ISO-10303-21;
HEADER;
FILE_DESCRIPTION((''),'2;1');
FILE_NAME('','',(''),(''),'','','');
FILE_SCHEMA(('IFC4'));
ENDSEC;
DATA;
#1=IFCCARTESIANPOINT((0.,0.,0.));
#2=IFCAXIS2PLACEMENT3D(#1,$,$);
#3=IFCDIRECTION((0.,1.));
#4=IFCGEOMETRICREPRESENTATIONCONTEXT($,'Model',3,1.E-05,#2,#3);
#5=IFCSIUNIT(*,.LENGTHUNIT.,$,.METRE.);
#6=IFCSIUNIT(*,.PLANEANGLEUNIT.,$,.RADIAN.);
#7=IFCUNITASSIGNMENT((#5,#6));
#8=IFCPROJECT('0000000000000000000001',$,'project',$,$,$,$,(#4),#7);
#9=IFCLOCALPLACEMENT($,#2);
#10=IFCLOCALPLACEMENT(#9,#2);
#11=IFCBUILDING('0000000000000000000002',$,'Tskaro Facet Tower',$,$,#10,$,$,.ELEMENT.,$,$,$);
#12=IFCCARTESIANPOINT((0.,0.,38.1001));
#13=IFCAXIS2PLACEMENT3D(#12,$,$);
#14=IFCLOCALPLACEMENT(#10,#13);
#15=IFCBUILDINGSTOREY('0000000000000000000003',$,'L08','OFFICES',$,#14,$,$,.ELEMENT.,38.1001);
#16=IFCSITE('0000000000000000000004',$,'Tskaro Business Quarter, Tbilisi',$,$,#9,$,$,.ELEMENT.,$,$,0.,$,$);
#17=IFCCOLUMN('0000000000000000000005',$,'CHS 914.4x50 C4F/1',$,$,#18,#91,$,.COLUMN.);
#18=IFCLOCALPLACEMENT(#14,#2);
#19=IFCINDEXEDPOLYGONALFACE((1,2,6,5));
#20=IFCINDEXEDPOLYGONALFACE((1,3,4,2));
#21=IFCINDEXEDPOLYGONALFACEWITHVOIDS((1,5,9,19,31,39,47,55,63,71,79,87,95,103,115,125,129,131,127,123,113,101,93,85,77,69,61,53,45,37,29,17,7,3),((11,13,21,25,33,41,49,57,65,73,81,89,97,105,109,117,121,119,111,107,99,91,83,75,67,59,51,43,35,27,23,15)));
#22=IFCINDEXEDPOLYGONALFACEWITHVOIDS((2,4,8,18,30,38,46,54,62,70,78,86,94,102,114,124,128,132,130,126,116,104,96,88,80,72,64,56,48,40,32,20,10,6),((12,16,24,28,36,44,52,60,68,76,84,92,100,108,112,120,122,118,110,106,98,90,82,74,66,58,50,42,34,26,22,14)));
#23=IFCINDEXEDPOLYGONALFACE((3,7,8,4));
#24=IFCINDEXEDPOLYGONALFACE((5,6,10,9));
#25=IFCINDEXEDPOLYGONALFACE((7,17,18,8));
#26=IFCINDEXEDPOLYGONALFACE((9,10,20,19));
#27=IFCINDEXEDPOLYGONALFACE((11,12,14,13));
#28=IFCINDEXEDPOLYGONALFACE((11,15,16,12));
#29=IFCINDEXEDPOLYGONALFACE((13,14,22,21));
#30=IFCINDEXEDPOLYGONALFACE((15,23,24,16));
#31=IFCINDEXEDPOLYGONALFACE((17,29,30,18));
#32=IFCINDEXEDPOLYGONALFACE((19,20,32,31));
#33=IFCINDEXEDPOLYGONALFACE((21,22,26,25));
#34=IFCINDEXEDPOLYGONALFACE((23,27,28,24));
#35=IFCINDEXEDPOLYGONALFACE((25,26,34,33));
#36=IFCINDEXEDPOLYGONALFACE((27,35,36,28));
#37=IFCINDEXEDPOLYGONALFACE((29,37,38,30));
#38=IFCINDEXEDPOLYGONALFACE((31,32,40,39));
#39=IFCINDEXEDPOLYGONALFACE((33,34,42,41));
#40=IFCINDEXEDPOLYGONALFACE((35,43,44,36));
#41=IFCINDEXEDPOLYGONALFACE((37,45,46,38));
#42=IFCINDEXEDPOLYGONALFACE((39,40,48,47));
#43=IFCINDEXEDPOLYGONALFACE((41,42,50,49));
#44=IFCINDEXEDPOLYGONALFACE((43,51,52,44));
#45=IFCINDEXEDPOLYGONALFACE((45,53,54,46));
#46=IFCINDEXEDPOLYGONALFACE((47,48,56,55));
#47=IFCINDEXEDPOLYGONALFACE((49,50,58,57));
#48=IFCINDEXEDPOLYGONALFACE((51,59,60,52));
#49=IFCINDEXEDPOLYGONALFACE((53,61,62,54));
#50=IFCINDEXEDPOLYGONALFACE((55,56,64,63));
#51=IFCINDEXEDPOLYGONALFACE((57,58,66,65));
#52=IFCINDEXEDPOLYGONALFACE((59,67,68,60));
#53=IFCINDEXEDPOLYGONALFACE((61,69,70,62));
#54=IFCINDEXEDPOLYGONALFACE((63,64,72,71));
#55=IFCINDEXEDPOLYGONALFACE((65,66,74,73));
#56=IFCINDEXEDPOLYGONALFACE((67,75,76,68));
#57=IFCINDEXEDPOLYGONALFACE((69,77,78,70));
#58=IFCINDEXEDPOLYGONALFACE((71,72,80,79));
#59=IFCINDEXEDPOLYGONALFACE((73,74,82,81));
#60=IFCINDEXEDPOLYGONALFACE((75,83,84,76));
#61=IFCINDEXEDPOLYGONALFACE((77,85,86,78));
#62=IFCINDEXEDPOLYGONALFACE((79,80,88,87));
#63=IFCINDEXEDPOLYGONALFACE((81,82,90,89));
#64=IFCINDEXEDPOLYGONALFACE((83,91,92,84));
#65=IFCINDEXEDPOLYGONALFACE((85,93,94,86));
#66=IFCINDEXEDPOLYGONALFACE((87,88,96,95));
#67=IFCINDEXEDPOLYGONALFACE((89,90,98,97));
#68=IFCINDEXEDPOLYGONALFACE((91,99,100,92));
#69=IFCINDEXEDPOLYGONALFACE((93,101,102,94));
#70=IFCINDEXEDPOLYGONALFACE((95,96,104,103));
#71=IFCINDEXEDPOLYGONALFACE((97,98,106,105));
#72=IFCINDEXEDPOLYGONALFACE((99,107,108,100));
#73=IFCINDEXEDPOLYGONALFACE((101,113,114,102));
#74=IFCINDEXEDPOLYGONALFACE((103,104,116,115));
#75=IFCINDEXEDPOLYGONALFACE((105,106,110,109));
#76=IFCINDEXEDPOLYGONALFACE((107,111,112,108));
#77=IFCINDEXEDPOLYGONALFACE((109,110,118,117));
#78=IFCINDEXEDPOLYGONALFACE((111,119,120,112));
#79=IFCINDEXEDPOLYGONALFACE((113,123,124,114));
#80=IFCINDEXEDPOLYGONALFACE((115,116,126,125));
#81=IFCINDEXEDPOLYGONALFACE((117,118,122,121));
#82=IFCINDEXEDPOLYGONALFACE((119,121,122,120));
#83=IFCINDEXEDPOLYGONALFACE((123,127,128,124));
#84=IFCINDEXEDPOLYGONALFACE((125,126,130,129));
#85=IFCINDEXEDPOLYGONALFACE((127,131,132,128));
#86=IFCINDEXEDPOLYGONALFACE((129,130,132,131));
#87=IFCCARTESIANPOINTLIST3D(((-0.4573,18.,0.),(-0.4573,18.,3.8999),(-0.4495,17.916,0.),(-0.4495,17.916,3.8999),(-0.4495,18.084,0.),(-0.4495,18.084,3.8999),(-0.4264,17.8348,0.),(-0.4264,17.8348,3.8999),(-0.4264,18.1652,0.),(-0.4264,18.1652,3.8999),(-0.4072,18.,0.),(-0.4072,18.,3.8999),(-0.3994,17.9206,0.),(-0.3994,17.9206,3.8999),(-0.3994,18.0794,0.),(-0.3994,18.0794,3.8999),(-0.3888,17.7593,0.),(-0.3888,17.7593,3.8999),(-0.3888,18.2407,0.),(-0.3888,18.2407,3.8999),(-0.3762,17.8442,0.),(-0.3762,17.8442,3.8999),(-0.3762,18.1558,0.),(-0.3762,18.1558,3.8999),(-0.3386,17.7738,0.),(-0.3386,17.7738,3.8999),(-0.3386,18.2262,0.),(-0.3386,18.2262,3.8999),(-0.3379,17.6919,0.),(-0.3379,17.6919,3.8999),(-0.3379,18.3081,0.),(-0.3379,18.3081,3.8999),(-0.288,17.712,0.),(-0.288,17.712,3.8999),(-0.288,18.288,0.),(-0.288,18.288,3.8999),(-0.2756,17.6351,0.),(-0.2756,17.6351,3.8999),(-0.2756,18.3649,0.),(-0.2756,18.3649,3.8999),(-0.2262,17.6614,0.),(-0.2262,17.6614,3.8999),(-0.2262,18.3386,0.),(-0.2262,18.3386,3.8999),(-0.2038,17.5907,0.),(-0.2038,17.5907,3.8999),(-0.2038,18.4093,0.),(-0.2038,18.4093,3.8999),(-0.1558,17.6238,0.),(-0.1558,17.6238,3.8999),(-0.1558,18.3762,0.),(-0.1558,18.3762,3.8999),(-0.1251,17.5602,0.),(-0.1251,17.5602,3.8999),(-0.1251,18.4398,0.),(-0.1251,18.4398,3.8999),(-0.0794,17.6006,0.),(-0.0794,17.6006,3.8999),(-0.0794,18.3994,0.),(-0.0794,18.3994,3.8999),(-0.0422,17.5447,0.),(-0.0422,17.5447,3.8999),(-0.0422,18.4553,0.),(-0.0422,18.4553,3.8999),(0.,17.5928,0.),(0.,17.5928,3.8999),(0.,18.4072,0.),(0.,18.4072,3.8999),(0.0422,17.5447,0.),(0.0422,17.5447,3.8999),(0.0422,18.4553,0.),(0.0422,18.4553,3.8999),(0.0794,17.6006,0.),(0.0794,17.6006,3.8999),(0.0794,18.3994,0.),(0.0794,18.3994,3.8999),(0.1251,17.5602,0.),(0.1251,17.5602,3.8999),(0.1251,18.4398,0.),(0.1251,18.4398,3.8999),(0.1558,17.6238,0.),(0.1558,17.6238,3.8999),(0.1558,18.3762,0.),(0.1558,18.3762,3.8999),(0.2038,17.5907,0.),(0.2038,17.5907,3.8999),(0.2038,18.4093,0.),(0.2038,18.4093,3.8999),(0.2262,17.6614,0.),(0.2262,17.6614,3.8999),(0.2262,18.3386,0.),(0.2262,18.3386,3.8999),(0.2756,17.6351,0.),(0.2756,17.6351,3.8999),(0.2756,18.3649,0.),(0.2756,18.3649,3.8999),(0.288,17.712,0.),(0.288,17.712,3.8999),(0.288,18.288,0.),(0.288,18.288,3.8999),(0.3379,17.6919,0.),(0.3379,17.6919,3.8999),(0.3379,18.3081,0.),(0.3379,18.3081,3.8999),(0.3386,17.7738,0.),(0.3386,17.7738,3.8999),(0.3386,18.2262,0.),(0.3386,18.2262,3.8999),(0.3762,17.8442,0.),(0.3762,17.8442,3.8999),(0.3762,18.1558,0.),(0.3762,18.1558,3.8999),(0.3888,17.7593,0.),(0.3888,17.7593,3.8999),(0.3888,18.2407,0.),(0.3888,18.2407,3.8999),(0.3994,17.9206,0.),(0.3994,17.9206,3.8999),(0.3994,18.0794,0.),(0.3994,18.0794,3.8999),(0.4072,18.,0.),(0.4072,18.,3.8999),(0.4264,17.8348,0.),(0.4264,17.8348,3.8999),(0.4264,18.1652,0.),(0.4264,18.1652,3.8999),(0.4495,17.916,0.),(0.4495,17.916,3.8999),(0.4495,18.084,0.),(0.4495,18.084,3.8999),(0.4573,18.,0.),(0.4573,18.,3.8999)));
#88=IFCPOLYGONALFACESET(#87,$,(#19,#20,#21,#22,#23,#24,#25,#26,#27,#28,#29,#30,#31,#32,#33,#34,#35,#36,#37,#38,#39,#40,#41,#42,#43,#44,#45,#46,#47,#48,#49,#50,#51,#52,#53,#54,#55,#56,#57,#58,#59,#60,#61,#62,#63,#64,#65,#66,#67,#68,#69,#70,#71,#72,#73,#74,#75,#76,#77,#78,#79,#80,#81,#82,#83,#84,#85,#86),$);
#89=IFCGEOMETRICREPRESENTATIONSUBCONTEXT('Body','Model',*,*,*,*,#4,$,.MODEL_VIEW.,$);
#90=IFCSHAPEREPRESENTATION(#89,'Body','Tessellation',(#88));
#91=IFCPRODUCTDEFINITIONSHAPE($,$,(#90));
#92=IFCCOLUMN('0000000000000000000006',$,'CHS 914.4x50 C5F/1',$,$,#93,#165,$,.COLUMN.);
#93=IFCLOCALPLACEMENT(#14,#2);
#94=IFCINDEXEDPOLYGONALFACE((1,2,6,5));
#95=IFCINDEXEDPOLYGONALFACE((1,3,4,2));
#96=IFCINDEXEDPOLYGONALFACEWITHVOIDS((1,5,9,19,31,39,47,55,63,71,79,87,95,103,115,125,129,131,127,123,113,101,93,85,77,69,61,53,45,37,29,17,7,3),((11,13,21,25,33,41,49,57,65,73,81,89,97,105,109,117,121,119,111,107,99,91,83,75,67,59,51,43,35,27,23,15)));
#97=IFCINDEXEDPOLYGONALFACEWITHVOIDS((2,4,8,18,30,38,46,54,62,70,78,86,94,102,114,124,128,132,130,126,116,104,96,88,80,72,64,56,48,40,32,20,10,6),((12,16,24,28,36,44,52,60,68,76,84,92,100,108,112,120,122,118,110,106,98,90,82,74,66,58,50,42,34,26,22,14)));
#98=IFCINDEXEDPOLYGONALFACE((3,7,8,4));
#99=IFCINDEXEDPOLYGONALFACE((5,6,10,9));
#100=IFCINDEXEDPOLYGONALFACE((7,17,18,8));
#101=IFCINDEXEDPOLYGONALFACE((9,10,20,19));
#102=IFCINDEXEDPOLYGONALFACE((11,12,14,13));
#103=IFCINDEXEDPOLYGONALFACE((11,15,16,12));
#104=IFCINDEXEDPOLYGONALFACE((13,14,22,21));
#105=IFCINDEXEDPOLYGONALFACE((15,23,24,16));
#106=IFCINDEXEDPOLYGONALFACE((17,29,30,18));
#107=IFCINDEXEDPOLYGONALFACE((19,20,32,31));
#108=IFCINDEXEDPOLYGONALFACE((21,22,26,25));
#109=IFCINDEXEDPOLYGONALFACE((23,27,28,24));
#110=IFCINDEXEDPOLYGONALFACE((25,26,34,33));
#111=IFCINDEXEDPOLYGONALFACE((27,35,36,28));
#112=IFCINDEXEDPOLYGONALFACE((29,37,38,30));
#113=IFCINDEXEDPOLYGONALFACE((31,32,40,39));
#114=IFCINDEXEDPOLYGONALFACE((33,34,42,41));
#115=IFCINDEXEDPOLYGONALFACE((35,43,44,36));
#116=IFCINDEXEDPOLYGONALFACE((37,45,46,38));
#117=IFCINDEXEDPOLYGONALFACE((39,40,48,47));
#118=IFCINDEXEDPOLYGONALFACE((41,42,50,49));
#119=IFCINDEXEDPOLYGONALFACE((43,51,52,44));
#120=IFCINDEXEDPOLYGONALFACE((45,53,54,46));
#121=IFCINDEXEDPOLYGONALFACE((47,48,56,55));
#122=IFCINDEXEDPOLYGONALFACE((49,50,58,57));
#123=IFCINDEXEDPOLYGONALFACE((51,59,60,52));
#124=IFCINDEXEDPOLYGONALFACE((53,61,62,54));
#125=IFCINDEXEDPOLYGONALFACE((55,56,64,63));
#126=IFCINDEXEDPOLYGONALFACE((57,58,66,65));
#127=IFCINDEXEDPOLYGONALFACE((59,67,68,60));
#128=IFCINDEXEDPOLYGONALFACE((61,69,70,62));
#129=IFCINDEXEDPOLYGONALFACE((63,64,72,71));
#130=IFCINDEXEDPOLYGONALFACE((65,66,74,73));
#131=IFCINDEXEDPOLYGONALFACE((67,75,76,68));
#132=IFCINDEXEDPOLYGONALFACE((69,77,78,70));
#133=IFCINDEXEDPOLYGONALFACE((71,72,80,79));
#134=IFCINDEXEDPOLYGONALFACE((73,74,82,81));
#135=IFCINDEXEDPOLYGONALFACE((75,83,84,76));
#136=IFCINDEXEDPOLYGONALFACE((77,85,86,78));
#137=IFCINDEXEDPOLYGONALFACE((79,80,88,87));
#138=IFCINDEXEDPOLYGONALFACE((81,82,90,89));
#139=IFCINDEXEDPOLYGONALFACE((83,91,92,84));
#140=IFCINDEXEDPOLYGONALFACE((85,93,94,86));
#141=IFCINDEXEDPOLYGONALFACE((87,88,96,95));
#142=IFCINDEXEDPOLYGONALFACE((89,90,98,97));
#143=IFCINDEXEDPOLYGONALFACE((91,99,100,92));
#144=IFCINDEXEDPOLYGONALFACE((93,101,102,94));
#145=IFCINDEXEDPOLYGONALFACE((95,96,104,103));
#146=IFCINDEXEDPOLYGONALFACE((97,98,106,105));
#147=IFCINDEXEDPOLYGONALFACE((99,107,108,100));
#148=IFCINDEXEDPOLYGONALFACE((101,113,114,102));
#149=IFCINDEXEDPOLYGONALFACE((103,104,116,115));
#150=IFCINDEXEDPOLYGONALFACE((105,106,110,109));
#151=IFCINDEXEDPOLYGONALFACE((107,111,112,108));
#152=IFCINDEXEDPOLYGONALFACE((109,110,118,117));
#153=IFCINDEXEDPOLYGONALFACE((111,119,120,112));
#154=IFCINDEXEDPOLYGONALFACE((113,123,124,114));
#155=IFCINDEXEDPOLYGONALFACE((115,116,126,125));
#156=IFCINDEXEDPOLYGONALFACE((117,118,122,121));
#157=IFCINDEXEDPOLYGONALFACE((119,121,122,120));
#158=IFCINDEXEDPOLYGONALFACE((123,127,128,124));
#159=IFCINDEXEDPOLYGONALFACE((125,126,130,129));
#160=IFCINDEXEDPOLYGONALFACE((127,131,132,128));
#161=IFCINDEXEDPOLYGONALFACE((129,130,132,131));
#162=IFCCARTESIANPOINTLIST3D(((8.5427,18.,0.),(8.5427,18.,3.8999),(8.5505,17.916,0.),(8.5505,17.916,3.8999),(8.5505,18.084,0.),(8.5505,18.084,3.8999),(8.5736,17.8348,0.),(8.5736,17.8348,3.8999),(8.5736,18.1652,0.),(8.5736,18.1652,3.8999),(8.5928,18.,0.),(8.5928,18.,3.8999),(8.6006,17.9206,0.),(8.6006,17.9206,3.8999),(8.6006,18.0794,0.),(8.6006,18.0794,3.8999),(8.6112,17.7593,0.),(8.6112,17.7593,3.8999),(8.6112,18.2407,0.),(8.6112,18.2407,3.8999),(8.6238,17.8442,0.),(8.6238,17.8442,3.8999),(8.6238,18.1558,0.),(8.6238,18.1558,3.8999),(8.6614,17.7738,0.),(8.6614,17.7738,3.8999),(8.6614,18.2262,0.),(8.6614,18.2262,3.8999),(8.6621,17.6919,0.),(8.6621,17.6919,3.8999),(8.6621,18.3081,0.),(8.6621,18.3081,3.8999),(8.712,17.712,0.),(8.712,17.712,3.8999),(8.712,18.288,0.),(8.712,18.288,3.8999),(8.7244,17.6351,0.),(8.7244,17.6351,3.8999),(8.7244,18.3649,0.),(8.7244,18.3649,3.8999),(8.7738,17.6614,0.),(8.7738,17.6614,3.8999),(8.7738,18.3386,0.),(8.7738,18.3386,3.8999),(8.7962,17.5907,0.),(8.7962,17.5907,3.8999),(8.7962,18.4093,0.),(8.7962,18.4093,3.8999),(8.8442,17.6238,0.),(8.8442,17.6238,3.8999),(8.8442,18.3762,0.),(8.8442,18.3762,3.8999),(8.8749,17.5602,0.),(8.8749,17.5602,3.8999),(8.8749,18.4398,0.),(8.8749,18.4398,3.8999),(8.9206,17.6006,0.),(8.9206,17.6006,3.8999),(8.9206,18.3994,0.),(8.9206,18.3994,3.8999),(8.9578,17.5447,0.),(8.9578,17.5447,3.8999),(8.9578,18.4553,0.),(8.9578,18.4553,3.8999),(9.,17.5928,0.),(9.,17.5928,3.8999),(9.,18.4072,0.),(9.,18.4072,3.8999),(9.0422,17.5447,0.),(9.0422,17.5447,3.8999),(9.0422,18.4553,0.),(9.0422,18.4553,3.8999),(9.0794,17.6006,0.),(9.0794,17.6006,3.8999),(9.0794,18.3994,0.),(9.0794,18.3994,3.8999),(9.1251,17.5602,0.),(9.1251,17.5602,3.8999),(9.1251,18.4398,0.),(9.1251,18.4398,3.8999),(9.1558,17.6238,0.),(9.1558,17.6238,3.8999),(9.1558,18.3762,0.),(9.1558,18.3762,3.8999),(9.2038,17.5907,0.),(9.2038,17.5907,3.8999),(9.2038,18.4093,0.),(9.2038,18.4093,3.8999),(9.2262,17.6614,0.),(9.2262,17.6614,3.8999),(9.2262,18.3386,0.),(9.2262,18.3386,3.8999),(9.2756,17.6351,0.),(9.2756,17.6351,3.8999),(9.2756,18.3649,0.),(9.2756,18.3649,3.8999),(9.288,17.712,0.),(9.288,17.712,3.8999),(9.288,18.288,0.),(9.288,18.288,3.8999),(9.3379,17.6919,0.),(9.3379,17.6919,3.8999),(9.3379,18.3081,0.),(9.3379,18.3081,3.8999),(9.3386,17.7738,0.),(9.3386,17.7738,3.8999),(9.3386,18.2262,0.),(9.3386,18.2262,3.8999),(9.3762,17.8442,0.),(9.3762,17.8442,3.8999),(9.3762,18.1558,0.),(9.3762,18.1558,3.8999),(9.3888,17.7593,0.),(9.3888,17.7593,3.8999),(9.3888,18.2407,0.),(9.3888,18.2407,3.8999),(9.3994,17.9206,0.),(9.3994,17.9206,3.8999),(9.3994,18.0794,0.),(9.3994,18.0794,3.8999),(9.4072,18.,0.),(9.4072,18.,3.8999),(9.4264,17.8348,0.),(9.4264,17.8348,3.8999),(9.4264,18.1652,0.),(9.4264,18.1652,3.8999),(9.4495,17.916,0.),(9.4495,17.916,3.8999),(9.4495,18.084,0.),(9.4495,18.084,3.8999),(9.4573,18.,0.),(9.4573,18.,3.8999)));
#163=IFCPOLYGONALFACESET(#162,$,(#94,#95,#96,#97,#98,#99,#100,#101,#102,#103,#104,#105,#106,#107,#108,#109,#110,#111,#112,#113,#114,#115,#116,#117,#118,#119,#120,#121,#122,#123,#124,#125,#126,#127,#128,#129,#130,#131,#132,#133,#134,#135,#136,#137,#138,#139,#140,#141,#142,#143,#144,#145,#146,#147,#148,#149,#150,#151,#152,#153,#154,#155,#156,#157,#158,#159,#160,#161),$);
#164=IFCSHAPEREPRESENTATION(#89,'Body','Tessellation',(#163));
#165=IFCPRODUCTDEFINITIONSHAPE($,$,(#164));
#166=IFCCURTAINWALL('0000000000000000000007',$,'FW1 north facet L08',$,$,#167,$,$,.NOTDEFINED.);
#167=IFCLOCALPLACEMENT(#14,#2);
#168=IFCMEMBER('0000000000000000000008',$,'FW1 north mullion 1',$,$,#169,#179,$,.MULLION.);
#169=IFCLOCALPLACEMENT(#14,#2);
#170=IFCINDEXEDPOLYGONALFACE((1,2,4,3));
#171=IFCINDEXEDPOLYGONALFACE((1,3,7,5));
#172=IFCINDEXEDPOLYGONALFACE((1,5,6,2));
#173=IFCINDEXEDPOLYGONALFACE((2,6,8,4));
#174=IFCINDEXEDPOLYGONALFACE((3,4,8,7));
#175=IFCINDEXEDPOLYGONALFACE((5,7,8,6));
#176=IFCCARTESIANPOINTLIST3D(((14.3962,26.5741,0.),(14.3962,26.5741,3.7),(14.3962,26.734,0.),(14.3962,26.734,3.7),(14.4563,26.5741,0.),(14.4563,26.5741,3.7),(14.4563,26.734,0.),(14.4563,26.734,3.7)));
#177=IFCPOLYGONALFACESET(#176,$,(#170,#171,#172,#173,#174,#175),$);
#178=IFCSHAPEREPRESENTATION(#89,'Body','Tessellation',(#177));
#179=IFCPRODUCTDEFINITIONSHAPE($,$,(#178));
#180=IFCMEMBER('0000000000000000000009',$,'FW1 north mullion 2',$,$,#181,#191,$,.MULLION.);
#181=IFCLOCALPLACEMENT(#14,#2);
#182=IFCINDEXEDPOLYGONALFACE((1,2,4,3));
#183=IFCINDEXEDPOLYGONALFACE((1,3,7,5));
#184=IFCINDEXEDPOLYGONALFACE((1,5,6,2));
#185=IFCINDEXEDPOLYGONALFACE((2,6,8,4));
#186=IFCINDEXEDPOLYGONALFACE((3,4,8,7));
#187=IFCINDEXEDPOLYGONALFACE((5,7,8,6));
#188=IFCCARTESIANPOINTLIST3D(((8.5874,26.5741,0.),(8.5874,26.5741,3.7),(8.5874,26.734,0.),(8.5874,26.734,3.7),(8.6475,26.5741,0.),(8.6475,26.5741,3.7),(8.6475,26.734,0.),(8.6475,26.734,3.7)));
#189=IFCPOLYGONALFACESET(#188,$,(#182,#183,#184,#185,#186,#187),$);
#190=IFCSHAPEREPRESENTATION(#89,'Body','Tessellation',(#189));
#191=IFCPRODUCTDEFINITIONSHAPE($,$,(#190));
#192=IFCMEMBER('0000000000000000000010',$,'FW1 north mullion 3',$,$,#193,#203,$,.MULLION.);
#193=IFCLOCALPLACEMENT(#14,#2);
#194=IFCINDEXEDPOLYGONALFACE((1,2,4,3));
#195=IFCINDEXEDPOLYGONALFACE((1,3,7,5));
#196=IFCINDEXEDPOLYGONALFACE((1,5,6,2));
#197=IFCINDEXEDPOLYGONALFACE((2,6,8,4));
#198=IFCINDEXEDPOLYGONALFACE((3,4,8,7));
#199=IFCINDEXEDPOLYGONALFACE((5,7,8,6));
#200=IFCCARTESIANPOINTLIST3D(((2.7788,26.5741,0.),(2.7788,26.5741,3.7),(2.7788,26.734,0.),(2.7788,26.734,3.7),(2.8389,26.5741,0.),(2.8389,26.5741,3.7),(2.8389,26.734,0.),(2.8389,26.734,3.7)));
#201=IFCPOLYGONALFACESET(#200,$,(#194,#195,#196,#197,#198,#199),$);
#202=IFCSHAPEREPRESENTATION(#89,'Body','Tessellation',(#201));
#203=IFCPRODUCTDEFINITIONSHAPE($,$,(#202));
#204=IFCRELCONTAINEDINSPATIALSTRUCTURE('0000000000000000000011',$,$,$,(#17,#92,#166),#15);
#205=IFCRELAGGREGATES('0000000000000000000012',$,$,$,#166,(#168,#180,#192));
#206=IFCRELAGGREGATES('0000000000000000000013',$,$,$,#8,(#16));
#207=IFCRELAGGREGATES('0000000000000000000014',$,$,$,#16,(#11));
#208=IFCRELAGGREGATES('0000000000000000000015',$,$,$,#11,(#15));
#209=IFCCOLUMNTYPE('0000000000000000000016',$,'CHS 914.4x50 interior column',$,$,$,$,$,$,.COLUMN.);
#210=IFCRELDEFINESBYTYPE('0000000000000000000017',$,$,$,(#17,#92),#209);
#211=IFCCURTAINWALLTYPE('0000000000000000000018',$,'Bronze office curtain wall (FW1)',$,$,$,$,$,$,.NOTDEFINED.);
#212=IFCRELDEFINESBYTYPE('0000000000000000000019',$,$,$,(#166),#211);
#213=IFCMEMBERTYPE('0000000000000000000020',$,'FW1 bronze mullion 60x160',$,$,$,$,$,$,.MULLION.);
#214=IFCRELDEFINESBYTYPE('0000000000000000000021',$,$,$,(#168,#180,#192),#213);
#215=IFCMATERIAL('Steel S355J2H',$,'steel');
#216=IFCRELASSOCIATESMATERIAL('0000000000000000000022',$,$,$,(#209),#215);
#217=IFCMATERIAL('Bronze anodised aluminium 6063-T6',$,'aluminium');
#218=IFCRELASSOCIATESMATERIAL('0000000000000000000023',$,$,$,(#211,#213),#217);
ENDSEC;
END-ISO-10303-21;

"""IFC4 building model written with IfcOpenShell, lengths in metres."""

from ifc_helpers import new_model, si_unit, direction, frame, origin, origin_2d, place, context, subcontext, project, spatial, rectangle, hollow_circle, extrude, material, material_profile, profile_set, type_object, element, aggregate, save


model = new_model("IFC4")

# Units and contexts
model_context = context("Model", 3, precision=1e-05, world=origin(), true_north=direction((0.0, 1.0)))
body_context = subcontext(model_context, "Body", "Model", "MODEL_VIEW")
ifc_project = project(units=[si_unit("LENGTHUNIT", "METRE"), si_unit("PLANEANGLEUNIT", "RADIAN")], contexts=[model_context])

# Site, building, storey
site_placement = place(None, origin())
site = spatial("IfcSite", under=ifc_project, at=site_placement, Name="Tskaro Business Quarter, Tbilisi", CompositionType="ELEMENT", RefElevation=0.0)
building_placement = place(site_placement, origin())
building = spatial("IfcBuilding", under=site, at=building_placement, Name="Tskaro Facet Tower", CompositionType="ELEMENT")
storey_placement = place(building_placement, frame((0.0, 0.0, 38.1001)))
storey = spatial("IfcBuildingStorey", under=building, at=storey_placement, Name="L08", Description="OFFICES", CompositionType="ELEMENT", Elevation=38.1001)

# Columns
ifc_material_1 = material(Name="Steel S355J2H", Category="steel")
ifc_material_profile_1 = material_profile(ifc_material_1, hollow_circle(Radius=0.4573, WallThickness=0.05, at=origin_2d()), Name="CHS 914.4x50")
ifc_profile_set_1 = profile_set([ifc_material_profile_1], Name="Steel S355J2H")
column_type_1 = type_object("IfcColumnType", Name="CHS 914.4x50 interior column", PredefinedType="COLUMN", material=ifc_profile_set_1)
for number, where, z_axis, x_axis, name in (
    (1, (0.0, 18.0, 0.0), (0.0, 0.0, 1.0), (1.0, 0.0, 0.0), "CHS 914.4x50 C4F/1"),
    (2, (9.0, 18.0, 0.0), (0.0, 0.0, 1.0), (1.0, 0.0, 0.0), "CHS 914.4x50 C5F/1"),
):
    element("IfcColumn", number, at=place(storey_placement, frame(where, z_axis=z_axis, x_axis=x_axis)), inside=storey, type_object=column_type_1, Name=name, PredefinedType="COLUMN", context=body_context, shape_type="SweptSolid", body=[
        extrude(hollow_circle(Radius=0.4573, WallThickness=0.05, at=origin_2d()), origin(), (0.0, 0.0, 1.0), 3.8999),
    ])

# Curtain wall, members
ifc_material_2 = material(Name="Bronze anodised aluminium 6063-T6", Category="aluminium")
curtain_wall_type = type_object("IfcCurtainWallType", Name="Bronze office curtain wall (FW1)", PredefinedType="NOTDEFINED", material=ifc_material_2)
curtain_wall_placement = place(storey_placement, origin())
curtain_wall = element("IfcCurtainWall", 3, at=curtain_wall_placement, inside=storey, type_object=curtain_wall_type, Name="FW1 north facet L08", PredefinedType="NOTDEFINED")
ifc_material_profile_2 = material_profile(ifc_material_2, rectangle(XDim=0.0601, YDim=0.1599, at=origin_2d()), Name="Mullion 60x160")
ifc_profile_set_2 = profile_set([ifc_material_profile_2], Name="Bronze anodised aluminium 6063-T6")
member_type_1 = type_object("IfcMemberType", Name="FW1 bronze mullion 60x160", PredefinedType="MULLION", material=ifc_profile_set_2)
member_1_placement = place(storey_placement, frame((14.4263, 26.6541, 0.0), z_axis=(0.0, 0.0, 1.0), x_axis=(-1.0, 0.0, 0.0)))
member_1 = element("IfcMember", 4, at=member_1_placement, type_object=member_type_1, Name="FW1 north mullion 1", PredefinedType="MULLION", context=body_context, shape_type="SweptSolid", body=[
    extrude(rectangle(XDim=0.0601, YDim=0.1599, at=origin_2d()), origin(), (0.0, 0.0, 1.0), 3.7),
])
member_2_placement = place(storey_placement, frame((8.6174, 26.6541, 0.0), z_axis=(0.0, 0.0, 1.0), x_axis=(-1.0, 0.0, 0.0)))
member_2 = element("IfcMember", 5, at=member_2_placement, type_object=member_type_1, Name="FW1 north mullion 2", PredefinedType="MULLION", context=body_context, shape_type="SweptSolid", body=[
    extrude(rectangle(XDim=0.0601, YDim=0.1599, at=origin_2d()), origin(), (0.0, 0.0, 1.0), 3.7),
])
member_3_placement = place(storey_placement, frame((2.8088, 26.6541, 0.0), z_axis=(0.0, 0.0, 1.0), x_axis=(-1.0, 0.0, 0.0)))
member_3 = element("IfcMember", 6, at=member_3_placement, type_object=member_type_1, Name="FW1 north mullion 3", PredefinedType="MULLION", context=body_context, shape_type="SweptSolid", body=[
    extrude(rectangle(XDim=0.0601, YDim=0.1599, at=origin_2d()), origin(), (0.0, 0.0, 1.0), 3.7),
])

aggregate(curtain_wall, [member_1, member_2, member_3])

save(model, "model.ifc")
